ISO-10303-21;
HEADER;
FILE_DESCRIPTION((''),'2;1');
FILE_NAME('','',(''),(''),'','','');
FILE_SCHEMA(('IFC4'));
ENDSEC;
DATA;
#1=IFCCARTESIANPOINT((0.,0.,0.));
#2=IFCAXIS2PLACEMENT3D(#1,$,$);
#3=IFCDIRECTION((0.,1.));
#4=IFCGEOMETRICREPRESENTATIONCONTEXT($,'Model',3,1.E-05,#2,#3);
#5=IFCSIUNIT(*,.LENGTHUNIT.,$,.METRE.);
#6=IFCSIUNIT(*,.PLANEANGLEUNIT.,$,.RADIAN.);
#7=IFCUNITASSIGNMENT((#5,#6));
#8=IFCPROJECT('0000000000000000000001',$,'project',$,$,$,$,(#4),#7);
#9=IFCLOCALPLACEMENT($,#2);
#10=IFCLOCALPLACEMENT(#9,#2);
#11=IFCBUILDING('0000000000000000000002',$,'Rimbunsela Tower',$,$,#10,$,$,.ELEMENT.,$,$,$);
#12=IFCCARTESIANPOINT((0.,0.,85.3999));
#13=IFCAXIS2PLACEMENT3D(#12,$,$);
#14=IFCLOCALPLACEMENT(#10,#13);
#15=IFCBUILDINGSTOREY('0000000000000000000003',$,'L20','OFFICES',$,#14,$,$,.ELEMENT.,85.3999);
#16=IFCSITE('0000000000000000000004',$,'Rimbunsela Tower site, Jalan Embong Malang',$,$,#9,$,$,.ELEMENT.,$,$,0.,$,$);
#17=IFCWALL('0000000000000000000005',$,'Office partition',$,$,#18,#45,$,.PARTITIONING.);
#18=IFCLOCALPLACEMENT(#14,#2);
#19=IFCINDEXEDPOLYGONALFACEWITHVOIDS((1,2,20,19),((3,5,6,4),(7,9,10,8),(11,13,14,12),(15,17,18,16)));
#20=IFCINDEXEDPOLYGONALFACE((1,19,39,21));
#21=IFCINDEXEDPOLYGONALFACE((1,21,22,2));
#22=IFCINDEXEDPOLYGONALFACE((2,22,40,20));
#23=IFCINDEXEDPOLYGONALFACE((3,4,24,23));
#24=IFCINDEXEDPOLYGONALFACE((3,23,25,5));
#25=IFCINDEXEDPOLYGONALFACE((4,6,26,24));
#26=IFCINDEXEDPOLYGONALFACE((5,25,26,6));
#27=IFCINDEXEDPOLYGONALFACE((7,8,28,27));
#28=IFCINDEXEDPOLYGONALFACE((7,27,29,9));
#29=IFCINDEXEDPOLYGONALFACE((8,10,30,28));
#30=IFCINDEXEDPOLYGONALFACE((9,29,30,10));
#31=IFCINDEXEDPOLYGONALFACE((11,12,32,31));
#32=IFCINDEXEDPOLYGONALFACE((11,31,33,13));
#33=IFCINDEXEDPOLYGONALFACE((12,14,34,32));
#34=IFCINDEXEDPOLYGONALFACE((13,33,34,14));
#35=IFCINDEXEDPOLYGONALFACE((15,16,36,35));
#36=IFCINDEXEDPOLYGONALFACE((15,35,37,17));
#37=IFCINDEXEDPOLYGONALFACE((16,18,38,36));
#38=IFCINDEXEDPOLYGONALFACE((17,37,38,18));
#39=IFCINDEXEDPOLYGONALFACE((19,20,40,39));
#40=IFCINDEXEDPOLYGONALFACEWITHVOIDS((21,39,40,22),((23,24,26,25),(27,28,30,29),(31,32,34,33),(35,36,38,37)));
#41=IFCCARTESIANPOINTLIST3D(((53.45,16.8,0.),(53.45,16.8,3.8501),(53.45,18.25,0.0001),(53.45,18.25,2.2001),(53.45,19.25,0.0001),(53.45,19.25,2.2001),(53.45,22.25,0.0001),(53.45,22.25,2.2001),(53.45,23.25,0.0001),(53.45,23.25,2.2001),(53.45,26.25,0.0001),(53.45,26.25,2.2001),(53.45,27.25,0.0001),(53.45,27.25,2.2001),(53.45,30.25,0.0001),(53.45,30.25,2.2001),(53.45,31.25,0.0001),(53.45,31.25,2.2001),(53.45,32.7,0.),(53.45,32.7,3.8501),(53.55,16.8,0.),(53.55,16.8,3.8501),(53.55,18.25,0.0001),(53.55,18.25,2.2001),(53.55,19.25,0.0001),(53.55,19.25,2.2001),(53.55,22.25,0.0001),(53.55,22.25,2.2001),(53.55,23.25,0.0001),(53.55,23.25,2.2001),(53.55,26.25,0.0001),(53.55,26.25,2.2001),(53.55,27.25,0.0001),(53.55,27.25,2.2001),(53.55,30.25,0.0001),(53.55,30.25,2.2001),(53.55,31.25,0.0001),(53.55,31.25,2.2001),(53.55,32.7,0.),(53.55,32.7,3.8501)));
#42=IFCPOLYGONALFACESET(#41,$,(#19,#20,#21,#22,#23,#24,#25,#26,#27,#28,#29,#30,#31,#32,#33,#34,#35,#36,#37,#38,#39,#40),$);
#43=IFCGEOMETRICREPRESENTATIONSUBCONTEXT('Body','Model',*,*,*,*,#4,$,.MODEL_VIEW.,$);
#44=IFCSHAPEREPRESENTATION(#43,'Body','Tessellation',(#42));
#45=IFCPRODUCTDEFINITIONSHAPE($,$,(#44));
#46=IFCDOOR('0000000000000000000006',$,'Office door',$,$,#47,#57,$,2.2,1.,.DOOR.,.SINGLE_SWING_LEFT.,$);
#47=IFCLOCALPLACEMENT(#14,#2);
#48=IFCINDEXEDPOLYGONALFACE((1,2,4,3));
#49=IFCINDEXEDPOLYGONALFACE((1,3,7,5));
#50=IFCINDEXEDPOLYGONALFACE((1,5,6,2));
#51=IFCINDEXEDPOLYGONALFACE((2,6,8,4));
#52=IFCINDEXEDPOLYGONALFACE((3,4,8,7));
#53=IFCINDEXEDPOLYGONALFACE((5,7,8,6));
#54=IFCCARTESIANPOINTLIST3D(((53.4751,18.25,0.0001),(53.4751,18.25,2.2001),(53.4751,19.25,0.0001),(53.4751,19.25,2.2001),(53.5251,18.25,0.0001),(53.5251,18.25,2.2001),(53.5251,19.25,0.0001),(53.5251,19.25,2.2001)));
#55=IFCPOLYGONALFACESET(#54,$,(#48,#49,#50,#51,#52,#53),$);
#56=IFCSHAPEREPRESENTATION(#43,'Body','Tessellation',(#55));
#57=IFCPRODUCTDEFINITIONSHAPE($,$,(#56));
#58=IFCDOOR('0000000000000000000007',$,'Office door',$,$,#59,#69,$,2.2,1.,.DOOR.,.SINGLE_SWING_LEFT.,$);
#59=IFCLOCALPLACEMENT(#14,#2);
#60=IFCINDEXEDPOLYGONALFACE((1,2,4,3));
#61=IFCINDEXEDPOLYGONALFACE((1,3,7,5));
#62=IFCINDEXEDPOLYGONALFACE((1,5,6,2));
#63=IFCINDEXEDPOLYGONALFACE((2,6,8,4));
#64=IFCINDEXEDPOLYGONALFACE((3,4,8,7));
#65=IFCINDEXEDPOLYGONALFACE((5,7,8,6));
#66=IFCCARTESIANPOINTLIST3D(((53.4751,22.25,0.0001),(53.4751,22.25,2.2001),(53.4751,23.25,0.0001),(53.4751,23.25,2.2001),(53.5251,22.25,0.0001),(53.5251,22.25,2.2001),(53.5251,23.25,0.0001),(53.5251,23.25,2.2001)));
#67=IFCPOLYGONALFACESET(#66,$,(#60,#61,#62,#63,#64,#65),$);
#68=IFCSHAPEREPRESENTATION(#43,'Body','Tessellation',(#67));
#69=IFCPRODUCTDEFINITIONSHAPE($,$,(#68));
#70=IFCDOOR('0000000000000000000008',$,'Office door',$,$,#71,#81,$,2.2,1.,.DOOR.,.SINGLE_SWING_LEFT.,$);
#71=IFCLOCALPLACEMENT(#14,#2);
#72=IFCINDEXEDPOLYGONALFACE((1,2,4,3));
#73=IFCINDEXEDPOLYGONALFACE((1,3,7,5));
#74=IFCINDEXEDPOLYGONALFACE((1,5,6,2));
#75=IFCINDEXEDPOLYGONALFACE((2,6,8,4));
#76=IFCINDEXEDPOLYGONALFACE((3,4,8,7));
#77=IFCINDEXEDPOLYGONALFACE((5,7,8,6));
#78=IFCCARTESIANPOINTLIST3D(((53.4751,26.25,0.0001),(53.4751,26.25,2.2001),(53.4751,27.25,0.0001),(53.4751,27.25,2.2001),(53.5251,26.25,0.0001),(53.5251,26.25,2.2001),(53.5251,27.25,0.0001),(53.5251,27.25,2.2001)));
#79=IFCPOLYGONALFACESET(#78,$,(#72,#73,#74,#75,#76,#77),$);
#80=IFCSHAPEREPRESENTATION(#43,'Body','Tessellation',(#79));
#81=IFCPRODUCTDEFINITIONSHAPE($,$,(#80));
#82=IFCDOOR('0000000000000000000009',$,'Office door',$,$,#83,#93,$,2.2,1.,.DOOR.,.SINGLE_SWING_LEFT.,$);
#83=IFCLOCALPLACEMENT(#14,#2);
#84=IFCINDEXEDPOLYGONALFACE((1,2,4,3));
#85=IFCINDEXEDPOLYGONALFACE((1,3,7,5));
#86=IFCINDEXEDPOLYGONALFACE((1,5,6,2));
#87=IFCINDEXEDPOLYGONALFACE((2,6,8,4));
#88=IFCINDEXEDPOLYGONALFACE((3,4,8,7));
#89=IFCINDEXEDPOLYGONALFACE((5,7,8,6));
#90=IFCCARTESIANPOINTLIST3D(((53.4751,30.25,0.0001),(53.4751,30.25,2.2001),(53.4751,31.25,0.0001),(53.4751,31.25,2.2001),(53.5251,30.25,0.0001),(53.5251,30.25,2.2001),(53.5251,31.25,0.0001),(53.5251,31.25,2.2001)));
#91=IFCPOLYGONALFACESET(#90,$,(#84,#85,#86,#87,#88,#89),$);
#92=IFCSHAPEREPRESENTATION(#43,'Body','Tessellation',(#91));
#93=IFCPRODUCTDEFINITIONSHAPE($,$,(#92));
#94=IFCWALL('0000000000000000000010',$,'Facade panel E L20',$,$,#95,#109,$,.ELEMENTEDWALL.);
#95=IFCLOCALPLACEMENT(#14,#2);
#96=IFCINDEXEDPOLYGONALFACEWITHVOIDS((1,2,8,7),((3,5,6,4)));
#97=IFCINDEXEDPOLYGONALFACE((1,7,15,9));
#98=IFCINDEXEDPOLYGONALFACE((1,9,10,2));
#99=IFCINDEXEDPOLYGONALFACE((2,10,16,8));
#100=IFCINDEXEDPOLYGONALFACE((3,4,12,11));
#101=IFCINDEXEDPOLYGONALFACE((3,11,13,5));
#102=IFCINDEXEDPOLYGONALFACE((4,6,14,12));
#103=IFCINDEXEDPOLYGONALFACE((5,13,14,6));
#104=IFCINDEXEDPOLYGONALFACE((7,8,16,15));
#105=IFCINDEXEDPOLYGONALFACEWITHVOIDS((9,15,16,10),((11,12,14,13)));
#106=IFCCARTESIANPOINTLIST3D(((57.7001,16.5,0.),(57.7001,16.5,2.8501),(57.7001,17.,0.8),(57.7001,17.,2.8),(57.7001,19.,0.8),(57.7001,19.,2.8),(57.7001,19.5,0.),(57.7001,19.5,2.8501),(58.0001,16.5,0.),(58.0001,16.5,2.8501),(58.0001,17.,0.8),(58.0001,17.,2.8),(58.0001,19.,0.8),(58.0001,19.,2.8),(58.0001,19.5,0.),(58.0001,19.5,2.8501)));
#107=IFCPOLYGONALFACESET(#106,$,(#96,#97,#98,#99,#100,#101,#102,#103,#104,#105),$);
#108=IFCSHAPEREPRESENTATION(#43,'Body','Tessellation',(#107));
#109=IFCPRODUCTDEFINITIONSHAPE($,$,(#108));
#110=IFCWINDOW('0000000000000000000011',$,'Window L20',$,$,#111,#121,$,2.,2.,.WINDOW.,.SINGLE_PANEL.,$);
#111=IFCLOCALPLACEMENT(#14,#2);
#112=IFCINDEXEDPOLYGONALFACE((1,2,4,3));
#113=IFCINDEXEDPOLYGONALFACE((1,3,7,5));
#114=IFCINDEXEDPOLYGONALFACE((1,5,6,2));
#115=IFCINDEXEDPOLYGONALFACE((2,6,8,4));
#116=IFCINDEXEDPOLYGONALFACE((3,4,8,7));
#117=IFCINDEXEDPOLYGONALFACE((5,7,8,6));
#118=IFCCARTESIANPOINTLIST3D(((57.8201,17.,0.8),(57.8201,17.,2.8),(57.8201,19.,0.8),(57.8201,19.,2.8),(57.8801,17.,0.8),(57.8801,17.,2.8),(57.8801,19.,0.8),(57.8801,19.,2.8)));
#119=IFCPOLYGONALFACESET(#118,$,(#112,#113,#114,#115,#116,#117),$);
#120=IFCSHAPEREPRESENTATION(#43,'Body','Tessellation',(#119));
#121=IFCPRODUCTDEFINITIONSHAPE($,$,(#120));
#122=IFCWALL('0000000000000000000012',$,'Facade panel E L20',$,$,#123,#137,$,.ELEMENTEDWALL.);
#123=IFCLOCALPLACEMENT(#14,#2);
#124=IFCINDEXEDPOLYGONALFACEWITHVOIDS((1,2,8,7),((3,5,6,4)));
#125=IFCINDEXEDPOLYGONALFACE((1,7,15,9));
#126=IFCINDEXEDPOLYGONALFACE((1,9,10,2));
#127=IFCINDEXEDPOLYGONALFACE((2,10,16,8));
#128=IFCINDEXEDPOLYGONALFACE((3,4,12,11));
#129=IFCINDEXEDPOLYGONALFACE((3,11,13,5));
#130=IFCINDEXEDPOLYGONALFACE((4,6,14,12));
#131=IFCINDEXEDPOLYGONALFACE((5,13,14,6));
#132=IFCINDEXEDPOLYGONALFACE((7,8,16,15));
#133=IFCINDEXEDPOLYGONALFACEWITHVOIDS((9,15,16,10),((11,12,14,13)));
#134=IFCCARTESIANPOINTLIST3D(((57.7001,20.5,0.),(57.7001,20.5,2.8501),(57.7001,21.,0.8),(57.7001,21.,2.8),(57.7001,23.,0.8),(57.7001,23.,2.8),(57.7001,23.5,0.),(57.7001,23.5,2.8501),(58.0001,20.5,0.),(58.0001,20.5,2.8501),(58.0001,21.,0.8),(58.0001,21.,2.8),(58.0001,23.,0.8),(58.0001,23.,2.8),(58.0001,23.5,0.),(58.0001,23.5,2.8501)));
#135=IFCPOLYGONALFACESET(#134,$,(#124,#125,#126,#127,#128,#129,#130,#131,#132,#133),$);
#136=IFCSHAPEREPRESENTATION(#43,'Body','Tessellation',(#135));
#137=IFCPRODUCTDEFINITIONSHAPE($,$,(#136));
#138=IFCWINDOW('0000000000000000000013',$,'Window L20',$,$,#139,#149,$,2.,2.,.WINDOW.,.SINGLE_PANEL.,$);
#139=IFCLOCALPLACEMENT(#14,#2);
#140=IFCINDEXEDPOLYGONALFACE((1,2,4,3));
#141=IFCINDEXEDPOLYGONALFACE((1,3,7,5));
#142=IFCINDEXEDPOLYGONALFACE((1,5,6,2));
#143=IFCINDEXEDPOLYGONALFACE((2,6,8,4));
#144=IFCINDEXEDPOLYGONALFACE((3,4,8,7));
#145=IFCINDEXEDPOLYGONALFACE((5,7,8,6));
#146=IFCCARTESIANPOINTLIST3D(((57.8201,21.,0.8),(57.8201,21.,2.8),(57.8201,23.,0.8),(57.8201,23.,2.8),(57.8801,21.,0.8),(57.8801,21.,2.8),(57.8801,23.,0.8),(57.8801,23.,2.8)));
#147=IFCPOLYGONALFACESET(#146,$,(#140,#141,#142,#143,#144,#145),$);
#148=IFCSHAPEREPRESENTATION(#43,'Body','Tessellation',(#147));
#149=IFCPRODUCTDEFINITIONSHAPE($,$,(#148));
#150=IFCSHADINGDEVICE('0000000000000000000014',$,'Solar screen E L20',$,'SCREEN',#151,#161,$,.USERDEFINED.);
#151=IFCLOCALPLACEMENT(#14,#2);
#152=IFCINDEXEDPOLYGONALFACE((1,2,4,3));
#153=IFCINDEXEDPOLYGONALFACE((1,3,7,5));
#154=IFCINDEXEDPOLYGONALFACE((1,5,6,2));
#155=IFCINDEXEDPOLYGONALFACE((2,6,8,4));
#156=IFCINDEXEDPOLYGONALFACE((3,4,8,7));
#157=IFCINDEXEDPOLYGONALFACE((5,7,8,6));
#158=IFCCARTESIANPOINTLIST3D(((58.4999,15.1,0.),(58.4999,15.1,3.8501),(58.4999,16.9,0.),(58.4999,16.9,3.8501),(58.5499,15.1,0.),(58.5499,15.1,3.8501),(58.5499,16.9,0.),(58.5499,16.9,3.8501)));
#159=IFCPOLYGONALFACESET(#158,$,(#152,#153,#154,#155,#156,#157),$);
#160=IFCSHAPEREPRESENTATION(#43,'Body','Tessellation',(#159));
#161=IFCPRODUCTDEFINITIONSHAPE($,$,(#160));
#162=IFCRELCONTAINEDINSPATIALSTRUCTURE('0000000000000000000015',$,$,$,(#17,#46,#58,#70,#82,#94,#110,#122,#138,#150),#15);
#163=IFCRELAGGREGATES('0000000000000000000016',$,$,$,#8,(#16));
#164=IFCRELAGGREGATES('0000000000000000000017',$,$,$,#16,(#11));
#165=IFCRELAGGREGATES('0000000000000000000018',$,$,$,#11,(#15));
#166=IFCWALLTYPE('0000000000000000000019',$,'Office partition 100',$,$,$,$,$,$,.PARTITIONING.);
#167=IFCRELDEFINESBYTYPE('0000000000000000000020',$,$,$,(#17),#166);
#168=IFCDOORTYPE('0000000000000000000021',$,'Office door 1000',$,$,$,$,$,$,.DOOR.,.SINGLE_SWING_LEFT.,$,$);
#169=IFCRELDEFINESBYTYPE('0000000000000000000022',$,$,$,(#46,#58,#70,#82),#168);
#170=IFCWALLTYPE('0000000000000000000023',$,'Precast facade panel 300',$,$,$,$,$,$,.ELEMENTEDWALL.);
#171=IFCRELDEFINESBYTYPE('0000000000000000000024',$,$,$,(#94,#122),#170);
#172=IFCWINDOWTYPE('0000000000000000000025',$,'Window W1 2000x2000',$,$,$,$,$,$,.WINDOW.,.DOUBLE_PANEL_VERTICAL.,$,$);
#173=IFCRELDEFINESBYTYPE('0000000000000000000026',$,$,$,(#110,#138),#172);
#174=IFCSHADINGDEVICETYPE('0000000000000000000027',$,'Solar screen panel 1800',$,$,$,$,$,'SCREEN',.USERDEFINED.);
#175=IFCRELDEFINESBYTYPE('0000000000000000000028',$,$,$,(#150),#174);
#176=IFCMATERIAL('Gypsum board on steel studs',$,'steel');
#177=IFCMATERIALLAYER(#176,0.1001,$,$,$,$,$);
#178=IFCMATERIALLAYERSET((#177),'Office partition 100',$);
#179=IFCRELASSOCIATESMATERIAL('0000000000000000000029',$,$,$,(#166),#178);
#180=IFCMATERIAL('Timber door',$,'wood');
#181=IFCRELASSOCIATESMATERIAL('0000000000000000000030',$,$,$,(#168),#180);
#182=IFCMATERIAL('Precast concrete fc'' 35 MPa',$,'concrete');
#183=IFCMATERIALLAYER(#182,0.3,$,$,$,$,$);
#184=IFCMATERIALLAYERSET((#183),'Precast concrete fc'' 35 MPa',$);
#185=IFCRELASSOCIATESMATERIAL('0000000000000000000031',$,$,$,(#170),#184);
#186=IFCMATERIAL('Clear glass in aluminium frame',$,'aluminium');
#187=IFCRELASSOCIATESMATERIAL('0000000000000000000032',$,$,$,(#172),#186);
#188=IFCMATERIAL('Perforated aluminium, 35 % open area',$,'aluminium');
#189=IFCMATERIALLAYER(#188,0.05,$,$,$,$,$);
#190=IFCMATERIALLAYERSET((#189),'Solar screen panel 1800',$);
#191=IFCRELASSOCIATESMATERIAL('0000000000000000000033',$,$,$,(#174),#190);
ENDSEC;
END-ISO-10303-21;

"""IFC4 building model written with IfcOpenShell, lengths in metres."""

from ifc_helpers import new_model, si_unit, direction, frame, frame_2d, origin, origin_2d, place, context, subcontext, project, spatial, rectangle, extrude, material, layer, layer_set, type_object, element, fill, save


model = new_model("IFC4")

# Units and contexts
model_context = context("Model", 3, precision=1e-05, world=origin(), true_north=direction((0.0, 1.0)))
body_context = subcontext(model_context, "Body", "Model", "MODEL_VIEW")
ifc_project = project(units=[si_unit("LENGTHUNIT", "METRE"), si_unit("PLANEANGLEUNIT", "RADIAN")], contexts=[model_context])

# Site, building, storey
site_placement = place(None, origin())
site = spatial("IfcSite", under=ifc_project, at=site_placement, Name="Rimbunsela Tower site, Jalan Embong Malang", CompositionType="ELEMENT", RefElevation=0.0)
building_placement = place(site_placement, origin())
building = spatial("IfcBuilding", under=site, at=building_placement, Name="Rimbunsela Tower", CompositionType="ELEMENT")
storey_placement = place(building_placement, frame((0.0, 0.0, 85.3999)))
storey = spatial("IfcBuildingStorey", under=building, at=storey_placement, Name="L20", Description="OFFICES", CompositionType="ELEMENT", Elevation=85.3999)

# Shared definitions
ifc_material_1 = material(Name="Gypsum board on steel studs", Category="steel")
ifc_layer_1 = layer(ifc_material_1, 0.1001)
ifc_layer_set_1 = layer_set([ifc_layer_1], Name="Office partition 100")
wall_type_1 = type_object("IfcWallType", Name="Office partition 100", PredefinedType="PARTITIONING", material=ifc_layer_set_1)

# Wall, openings, doors
wall_1_placement = place(storey_placement, frame((53.5, 16.8, 0.0), z_axis=(0.0, 0.0, 1.0), x_axis=(0.0, 1.0, 0.0)))
wall_1 = element("IfcWall", 1, at=wall_1_placement, inside=storey, type_object=wall_type_1, Name="Office partition", PredefinedType="PARTITIONING", context=body_context, shape_type="SweptSolid", body=[
    extrude(rectangle(XDim=15.8999, YDim=0.1001, at=frame_2d((7.95, 0.0))), origin(), (0.0, 0.0, 1.0), 3.8501),
])
opening_1_placement = place(wall_1_placement, frame((1.45, 0.0, 0.0)))
opening_1 = element("IfcOpeningElement", 2, at=opening_1_placement, cuts=wall_1, PredefinedType="OPENING", context=body_context, shape_type="SweptSolid", body=[
    extrude(rectangle(XDim=1.0, YDim=2.2, at=frame_2d((0.5, 1.1001))), frame((0.0, 0.0601, 0.0), z_axis=(0.0, -1.0, 0.0), x_axis=(1.0, 0.0, 0.0)), (0.0, 0.0, 1.0), 0.1201),
])
opening_2_placement = place(wall_1_placement, frame((5.45, 0.0, 0.0)))
opening_2 = element("IfcOpeningElement", 3, at=opening_2_placement, cuts=wall_1, PredefinedType="OPENING", context=body_context, shape_type="SweptSolid", body=[
    extrude(rectangle(XDim=1.0, YDim=2.2, at=frame_2d((0.5, 1.1001))), frame((0.0, 0.0601, 0.0), z_axis=(0.0, -1.0, 0.0), x_axis=(1.0, 0.0, 0.0)), (0.0, 0.0, 1.0), 0.1201),
])
opening_3_placement = place(wall_1_placement, frame((9.45, 0.0, 0.0)))
opening_3 = element("IfcOpeningElement", 4, at=opening_3_placement, cuts=wall_1, PredefinedType="OPENING", context=body_context, shape_type="SweptSolid", body=[
    extrude(rectangle(XDim=1.0, YDim=2.2, at=frame_2d((0.5, 1.1001))), frame((0.0, 0.0601, 0.0), z_axis=(0.0, -1.0, 0.0), x_axis=(1.0, 0.0, 0.0)), (0.0, 0.0, 1.0), 0.1201),
])
opening_4_placement = place(wall_1_placement, frame((13.45, 0.0, 0.0)))
opening_4 = element("IfcOpeningElement", 5, at=opening_4_placement, cuts=wall_1, PredefinedType="OPENING", context=body_context, shape_type="SweptSolid", body=[
    extrude(rectangle(XDim=1.0, YDim=2.2, at=frame_2d((0.5, 1.1001))), frame((0.0, 0.0601, 0.0), z_axis=(0.0, -1.0, 0.0), x_axis=(1.0, 0.0, 0.0)), (0.0, 0.0, 1.0), 0.1201),
])
ifc_material_2 = material(Name="Timber door", Category="wood")
door_type = type_object("IfcDoorType", Name="Office door 1000", OperationType="SINGLE_SWING_LEFT", PredefinedType="DOOR", material=ifc_material_2)
door_1_placement = place(opening_1_placement, origin())
door_1 = element("IfcDoor", 6, at=door_1_placement, inside=storey, type_object=door_type, Name="Office door", OperationType="SINGLE_SWING_LEFT", OverallHeight=2.2, OverallWidth=1.0, PredefinedType="DOOR", context=body_context, shape_type="SweptSolid", body=[
    extrude(rectangle(XDim=1.0, YDim=2.2, at=frame_2d((0.5, 1.1001))), frame((0.0, 0.0249, 0.0), z_axis=(0.0, -1.0, 0.0), x_axis=(1.0, 0.0, 0.0)), (0.0, 0.0, 1.0), 0.05),
])
fill(opening_1, door_1)
door_2_placement = place(opening_2_placement, origin())
door_2 = element("IfcDoor", 7, at=door_2_placement, inside=storey, type_object=door_type, Name="Office door", OperationType="SINGLE_SWING_LEFT", OverallHeight=2.2, OverallWidth=1.0, PredefinedType="DOOR", context=body_context, shape_type="SweptSolid", body=[
    extrude(rectangle(XDim=1.0, YDim=2.2, at=frame_2d((0.5, 1.1001))), frame((0.0, 0.0249, 0.0), z_axis=(0.0, -1.0, 0.0), x_axis=(1.0, 0.0, 0.0)), (0.0, 0.0, 1.0), 0.05),
])
fill(opening_2, door_2)
door_3_placement = place(opening_3_placement, origin())
door_3 = element("IfcDoor", 8, at=door_3_placement, inside=storey, type_object=door_type, Name="Office door", OperationType="SINGLE_SWING_LEFT", OverallHeight=2.2, OverallWidth=1.0, PredefinedType="DOOR", context=body_context, shape_type="SweptSolid", body=[
    extrude(rectangle(XDim=1.0, YDim=2.2, at=frame_2d((0.5, 1.1001))), frame((0.0, 0.0249, 0.0), z_axis=(0.0, -1.0, 0.0), x_axis=(1.0, 0.0, 0.0)), (0.0, 0.0, 1.0), 0.05),
])
fill(opening_3, door_3)
door_4_placement = place(opening_4_placement, origin())
door_4 = element("IfcDoor", 9, at=door_4_placement, inside=storey, type_object=door_type, Name="Office door", OperationType="SINGLE_SWING_LEFT", OverallHeight=2.2, OverallWidth=1.0, PredefinedType="DOOR", context=body_context, shape_type="SweptSolid", body=[
    extrude(rectangle(XDim=1.0, YDim=2.2, at=frame_2d((0.5, 1.1001))), frame((0.0, 0.0249, 0.0), z_axis=(0.0, -1.0, 0.0), x_axis=(1.0, 0.0, 0.0)), (0.0, 0.0, 1.0), 0.05),
])
fill(opening_4, door_4)

# Walls, openings, windows
ifc_material_3 = material(Name="Precast concrete fc' 35 MPa", Category="concrete")
ifc_layer_2 = layer(ifc_material_3, 0.3)
ifc_layer_set_2 = layer_set([ifc_layer_2], Name="Precast concrete fc' 35 MPa")
wall_type_2 = type_object("IfcWallType", Name="Precast facade panel 300", PredefinedType="ELEMENTEDWALL", material=ifc_layer_set_2)
wall_2_placement = place(storey_placement, frame((57.8501, 16.5, 0.0), z_axis=(0.0, 0.0, 1.0), x_axis=(0.0, 1.0, 0.0)))
wall_2 = element("IfcWall", 10, at=wall_2_placement, inside=storey, type_object=wall_type_2, Name="Facade panel E L20", PredefinedType="ELEMENTEDWALL", context=body_context, shape_type="SweptSolid", body=[
    extrude(rectangle(XDim=3.0, YDim=0.3, at=frame_2d((1.5, 0.0))), origin(), (0.0, 0.0, 1.0), 2.8501),
])
opening_5_placement = place(wall_2_placement, frame((0.5, 0.0, 0.8)))
opening_5 = element("IfcOpeningElement", 11, at=opening_5_placement, cuts=wall_2, PredefinedType="OPENING", context=body_context, shape_type="SweptSolid", body=[
    extrude(rectangle(XDim=2.0, YDim=2.0, at=frame_2d((1.0, 1.0))), frame((0.0, 0.1599, 0.0), z_axis=(0.0, -1.0, 0.0), x_axis=(1.0, 0.0, 0.0)), (0.0, 0.0, 1.0), 0.3201),
])
ifc_material_4 = material(Name="Clear glass in aluminium frame", Category="aluminium")
window_type = type_object("IfcWindowType", Name="Window W1 2000x2000", PartitioningType="DOUBLE_PANEL_VERTICAL", PredefinedType="WINDOW", material=ifc_material_4)
window_1_placement = place(opening_5_placement, origin())
window_1 = element("IfcWindow", 12, at=window_1_placement, inside=storey, type_object=window_type, Name="Window L20", OverallHeight=2.0, OverallWidth=2.0, PartitioningType="SINGLE_PANEL", PredefinedType="WINDOW", context=body_context, shape_type="SweptSolid", body=[
    extrude(rectangle(XDim=2.0, YDim=2.0, at=frame_2d((1.0, 1.0))), frame((0.0, 0.03, 0.0), z_axis=(0.0, -1.0, 0.0), x_axis=(1.0, 0.0, 0.0)), (0.0, 0.0, 1.0), 0.0601),
])
fill(opening_5, window_1)
wall_3_placement = place(storey_placement, frame((57.8501, 20.5, 0.0), z_axis=(0.0, 0.0, 1.0), x_axis=(0.0, 1.0, 0.0)))
wall_3 = element("IfcWall", 13, at=wall_3_placement, inside=storey, type_object=wall_type_2, Name="Facade panel E L20", PredefinedType="ELEMENTEDWALL", context=body_context, shape_type="SweptSolid", body=[
    extrude(rectangle(XDim=3.0, YDim=0.3, at=frame_2d((1.5, 0.0))), origin(), (0.0, 0.0, 1.0), 2.8501),
])
opening_6_placement = place(wall_3_placement, frame((0.5, 0.0, 0.8)))
opening_6 = element("IfcOpeningElement", 14, at=opening_6_placement, cuts=wall_3, PredefinedType="OPENING", context=body_context, shape_type="SweptSolid", body=[
    extrude(rectangle(XDim=2.0, YDim=2.0, at=frame_2d((1.0, 1.0))), frame((0.0, 0.1599, 0.0), z_axis=(0.0, -1.0, 0.0), x_axis=(1.0, 0.0, 0.0)), (0.0, 0.0, 1.0), 0.3201),
])
window_2_placement = place(opening_6_placement, origin())
window_2 = element("IfcWindow", 15, at=window_2_placement, inside=storey, type_object=window_type, Name="Window L20", OverallHeight=2.0, OverallWidth=2.0, PartitioningType="SINGLE_PANEL", PredefinedType="WINDOW", context=body_context, shape_type="SweptSolid", body=[
    extrude(rectangle(XDim=2.0, YDim=2.0, at=frame_2d((1.0, 1.0))), frame((0.0, 0.03, 0.0), z_axis=(0.0, -1.0, 0.0), x_axis=(1.0, 0.0, 0.0)), (0.0, 0.0, 1.0), 0.0601),
])
fill(opening_6, window_2)

# Shading device
ifc_material_5 = material(Name="Perforated aluminium, 35 % open area", Category="aluminium")
ifc_layer_3 = layer(ifc_material_5, 0.05)
ifc_layer_set_3 = layer_set([ifc_layer_3], Name="Solar screen panel 1800")
shading_device_type = type_object("IfcShadingDeviceType", Name="Solar screen panel 1800", ElementType="SCREEN", PredefinedType="USERDEFINED", material=ifc_layer_set_3)
for number, where, z_axis, x_axis, name in (
    (16, (58.5249, 16.0, 0.0), (0.0, 0.0, 1.0), (0.0, 1.0, 0.0), "Solar screen E L20"),
):
    element("IfcShadingDevice", number, at=place(storey_placement, frame(where, z_axis=z_axis, x_axis=x_axis)), inside=storey, type_object=shading_device_type, Name=name, ObjectType="SCREEN", PredefinedType="USERDEFINED", context=body_context, shape_type="SweptSolid", body=[
        extrude(rectangle(XDim=1.8, YDim=0.05, at=origin_2d()), origin(), (0.0, 0.0, 1.0), 3.8501),
    ])

save(model, "model.ifc")
